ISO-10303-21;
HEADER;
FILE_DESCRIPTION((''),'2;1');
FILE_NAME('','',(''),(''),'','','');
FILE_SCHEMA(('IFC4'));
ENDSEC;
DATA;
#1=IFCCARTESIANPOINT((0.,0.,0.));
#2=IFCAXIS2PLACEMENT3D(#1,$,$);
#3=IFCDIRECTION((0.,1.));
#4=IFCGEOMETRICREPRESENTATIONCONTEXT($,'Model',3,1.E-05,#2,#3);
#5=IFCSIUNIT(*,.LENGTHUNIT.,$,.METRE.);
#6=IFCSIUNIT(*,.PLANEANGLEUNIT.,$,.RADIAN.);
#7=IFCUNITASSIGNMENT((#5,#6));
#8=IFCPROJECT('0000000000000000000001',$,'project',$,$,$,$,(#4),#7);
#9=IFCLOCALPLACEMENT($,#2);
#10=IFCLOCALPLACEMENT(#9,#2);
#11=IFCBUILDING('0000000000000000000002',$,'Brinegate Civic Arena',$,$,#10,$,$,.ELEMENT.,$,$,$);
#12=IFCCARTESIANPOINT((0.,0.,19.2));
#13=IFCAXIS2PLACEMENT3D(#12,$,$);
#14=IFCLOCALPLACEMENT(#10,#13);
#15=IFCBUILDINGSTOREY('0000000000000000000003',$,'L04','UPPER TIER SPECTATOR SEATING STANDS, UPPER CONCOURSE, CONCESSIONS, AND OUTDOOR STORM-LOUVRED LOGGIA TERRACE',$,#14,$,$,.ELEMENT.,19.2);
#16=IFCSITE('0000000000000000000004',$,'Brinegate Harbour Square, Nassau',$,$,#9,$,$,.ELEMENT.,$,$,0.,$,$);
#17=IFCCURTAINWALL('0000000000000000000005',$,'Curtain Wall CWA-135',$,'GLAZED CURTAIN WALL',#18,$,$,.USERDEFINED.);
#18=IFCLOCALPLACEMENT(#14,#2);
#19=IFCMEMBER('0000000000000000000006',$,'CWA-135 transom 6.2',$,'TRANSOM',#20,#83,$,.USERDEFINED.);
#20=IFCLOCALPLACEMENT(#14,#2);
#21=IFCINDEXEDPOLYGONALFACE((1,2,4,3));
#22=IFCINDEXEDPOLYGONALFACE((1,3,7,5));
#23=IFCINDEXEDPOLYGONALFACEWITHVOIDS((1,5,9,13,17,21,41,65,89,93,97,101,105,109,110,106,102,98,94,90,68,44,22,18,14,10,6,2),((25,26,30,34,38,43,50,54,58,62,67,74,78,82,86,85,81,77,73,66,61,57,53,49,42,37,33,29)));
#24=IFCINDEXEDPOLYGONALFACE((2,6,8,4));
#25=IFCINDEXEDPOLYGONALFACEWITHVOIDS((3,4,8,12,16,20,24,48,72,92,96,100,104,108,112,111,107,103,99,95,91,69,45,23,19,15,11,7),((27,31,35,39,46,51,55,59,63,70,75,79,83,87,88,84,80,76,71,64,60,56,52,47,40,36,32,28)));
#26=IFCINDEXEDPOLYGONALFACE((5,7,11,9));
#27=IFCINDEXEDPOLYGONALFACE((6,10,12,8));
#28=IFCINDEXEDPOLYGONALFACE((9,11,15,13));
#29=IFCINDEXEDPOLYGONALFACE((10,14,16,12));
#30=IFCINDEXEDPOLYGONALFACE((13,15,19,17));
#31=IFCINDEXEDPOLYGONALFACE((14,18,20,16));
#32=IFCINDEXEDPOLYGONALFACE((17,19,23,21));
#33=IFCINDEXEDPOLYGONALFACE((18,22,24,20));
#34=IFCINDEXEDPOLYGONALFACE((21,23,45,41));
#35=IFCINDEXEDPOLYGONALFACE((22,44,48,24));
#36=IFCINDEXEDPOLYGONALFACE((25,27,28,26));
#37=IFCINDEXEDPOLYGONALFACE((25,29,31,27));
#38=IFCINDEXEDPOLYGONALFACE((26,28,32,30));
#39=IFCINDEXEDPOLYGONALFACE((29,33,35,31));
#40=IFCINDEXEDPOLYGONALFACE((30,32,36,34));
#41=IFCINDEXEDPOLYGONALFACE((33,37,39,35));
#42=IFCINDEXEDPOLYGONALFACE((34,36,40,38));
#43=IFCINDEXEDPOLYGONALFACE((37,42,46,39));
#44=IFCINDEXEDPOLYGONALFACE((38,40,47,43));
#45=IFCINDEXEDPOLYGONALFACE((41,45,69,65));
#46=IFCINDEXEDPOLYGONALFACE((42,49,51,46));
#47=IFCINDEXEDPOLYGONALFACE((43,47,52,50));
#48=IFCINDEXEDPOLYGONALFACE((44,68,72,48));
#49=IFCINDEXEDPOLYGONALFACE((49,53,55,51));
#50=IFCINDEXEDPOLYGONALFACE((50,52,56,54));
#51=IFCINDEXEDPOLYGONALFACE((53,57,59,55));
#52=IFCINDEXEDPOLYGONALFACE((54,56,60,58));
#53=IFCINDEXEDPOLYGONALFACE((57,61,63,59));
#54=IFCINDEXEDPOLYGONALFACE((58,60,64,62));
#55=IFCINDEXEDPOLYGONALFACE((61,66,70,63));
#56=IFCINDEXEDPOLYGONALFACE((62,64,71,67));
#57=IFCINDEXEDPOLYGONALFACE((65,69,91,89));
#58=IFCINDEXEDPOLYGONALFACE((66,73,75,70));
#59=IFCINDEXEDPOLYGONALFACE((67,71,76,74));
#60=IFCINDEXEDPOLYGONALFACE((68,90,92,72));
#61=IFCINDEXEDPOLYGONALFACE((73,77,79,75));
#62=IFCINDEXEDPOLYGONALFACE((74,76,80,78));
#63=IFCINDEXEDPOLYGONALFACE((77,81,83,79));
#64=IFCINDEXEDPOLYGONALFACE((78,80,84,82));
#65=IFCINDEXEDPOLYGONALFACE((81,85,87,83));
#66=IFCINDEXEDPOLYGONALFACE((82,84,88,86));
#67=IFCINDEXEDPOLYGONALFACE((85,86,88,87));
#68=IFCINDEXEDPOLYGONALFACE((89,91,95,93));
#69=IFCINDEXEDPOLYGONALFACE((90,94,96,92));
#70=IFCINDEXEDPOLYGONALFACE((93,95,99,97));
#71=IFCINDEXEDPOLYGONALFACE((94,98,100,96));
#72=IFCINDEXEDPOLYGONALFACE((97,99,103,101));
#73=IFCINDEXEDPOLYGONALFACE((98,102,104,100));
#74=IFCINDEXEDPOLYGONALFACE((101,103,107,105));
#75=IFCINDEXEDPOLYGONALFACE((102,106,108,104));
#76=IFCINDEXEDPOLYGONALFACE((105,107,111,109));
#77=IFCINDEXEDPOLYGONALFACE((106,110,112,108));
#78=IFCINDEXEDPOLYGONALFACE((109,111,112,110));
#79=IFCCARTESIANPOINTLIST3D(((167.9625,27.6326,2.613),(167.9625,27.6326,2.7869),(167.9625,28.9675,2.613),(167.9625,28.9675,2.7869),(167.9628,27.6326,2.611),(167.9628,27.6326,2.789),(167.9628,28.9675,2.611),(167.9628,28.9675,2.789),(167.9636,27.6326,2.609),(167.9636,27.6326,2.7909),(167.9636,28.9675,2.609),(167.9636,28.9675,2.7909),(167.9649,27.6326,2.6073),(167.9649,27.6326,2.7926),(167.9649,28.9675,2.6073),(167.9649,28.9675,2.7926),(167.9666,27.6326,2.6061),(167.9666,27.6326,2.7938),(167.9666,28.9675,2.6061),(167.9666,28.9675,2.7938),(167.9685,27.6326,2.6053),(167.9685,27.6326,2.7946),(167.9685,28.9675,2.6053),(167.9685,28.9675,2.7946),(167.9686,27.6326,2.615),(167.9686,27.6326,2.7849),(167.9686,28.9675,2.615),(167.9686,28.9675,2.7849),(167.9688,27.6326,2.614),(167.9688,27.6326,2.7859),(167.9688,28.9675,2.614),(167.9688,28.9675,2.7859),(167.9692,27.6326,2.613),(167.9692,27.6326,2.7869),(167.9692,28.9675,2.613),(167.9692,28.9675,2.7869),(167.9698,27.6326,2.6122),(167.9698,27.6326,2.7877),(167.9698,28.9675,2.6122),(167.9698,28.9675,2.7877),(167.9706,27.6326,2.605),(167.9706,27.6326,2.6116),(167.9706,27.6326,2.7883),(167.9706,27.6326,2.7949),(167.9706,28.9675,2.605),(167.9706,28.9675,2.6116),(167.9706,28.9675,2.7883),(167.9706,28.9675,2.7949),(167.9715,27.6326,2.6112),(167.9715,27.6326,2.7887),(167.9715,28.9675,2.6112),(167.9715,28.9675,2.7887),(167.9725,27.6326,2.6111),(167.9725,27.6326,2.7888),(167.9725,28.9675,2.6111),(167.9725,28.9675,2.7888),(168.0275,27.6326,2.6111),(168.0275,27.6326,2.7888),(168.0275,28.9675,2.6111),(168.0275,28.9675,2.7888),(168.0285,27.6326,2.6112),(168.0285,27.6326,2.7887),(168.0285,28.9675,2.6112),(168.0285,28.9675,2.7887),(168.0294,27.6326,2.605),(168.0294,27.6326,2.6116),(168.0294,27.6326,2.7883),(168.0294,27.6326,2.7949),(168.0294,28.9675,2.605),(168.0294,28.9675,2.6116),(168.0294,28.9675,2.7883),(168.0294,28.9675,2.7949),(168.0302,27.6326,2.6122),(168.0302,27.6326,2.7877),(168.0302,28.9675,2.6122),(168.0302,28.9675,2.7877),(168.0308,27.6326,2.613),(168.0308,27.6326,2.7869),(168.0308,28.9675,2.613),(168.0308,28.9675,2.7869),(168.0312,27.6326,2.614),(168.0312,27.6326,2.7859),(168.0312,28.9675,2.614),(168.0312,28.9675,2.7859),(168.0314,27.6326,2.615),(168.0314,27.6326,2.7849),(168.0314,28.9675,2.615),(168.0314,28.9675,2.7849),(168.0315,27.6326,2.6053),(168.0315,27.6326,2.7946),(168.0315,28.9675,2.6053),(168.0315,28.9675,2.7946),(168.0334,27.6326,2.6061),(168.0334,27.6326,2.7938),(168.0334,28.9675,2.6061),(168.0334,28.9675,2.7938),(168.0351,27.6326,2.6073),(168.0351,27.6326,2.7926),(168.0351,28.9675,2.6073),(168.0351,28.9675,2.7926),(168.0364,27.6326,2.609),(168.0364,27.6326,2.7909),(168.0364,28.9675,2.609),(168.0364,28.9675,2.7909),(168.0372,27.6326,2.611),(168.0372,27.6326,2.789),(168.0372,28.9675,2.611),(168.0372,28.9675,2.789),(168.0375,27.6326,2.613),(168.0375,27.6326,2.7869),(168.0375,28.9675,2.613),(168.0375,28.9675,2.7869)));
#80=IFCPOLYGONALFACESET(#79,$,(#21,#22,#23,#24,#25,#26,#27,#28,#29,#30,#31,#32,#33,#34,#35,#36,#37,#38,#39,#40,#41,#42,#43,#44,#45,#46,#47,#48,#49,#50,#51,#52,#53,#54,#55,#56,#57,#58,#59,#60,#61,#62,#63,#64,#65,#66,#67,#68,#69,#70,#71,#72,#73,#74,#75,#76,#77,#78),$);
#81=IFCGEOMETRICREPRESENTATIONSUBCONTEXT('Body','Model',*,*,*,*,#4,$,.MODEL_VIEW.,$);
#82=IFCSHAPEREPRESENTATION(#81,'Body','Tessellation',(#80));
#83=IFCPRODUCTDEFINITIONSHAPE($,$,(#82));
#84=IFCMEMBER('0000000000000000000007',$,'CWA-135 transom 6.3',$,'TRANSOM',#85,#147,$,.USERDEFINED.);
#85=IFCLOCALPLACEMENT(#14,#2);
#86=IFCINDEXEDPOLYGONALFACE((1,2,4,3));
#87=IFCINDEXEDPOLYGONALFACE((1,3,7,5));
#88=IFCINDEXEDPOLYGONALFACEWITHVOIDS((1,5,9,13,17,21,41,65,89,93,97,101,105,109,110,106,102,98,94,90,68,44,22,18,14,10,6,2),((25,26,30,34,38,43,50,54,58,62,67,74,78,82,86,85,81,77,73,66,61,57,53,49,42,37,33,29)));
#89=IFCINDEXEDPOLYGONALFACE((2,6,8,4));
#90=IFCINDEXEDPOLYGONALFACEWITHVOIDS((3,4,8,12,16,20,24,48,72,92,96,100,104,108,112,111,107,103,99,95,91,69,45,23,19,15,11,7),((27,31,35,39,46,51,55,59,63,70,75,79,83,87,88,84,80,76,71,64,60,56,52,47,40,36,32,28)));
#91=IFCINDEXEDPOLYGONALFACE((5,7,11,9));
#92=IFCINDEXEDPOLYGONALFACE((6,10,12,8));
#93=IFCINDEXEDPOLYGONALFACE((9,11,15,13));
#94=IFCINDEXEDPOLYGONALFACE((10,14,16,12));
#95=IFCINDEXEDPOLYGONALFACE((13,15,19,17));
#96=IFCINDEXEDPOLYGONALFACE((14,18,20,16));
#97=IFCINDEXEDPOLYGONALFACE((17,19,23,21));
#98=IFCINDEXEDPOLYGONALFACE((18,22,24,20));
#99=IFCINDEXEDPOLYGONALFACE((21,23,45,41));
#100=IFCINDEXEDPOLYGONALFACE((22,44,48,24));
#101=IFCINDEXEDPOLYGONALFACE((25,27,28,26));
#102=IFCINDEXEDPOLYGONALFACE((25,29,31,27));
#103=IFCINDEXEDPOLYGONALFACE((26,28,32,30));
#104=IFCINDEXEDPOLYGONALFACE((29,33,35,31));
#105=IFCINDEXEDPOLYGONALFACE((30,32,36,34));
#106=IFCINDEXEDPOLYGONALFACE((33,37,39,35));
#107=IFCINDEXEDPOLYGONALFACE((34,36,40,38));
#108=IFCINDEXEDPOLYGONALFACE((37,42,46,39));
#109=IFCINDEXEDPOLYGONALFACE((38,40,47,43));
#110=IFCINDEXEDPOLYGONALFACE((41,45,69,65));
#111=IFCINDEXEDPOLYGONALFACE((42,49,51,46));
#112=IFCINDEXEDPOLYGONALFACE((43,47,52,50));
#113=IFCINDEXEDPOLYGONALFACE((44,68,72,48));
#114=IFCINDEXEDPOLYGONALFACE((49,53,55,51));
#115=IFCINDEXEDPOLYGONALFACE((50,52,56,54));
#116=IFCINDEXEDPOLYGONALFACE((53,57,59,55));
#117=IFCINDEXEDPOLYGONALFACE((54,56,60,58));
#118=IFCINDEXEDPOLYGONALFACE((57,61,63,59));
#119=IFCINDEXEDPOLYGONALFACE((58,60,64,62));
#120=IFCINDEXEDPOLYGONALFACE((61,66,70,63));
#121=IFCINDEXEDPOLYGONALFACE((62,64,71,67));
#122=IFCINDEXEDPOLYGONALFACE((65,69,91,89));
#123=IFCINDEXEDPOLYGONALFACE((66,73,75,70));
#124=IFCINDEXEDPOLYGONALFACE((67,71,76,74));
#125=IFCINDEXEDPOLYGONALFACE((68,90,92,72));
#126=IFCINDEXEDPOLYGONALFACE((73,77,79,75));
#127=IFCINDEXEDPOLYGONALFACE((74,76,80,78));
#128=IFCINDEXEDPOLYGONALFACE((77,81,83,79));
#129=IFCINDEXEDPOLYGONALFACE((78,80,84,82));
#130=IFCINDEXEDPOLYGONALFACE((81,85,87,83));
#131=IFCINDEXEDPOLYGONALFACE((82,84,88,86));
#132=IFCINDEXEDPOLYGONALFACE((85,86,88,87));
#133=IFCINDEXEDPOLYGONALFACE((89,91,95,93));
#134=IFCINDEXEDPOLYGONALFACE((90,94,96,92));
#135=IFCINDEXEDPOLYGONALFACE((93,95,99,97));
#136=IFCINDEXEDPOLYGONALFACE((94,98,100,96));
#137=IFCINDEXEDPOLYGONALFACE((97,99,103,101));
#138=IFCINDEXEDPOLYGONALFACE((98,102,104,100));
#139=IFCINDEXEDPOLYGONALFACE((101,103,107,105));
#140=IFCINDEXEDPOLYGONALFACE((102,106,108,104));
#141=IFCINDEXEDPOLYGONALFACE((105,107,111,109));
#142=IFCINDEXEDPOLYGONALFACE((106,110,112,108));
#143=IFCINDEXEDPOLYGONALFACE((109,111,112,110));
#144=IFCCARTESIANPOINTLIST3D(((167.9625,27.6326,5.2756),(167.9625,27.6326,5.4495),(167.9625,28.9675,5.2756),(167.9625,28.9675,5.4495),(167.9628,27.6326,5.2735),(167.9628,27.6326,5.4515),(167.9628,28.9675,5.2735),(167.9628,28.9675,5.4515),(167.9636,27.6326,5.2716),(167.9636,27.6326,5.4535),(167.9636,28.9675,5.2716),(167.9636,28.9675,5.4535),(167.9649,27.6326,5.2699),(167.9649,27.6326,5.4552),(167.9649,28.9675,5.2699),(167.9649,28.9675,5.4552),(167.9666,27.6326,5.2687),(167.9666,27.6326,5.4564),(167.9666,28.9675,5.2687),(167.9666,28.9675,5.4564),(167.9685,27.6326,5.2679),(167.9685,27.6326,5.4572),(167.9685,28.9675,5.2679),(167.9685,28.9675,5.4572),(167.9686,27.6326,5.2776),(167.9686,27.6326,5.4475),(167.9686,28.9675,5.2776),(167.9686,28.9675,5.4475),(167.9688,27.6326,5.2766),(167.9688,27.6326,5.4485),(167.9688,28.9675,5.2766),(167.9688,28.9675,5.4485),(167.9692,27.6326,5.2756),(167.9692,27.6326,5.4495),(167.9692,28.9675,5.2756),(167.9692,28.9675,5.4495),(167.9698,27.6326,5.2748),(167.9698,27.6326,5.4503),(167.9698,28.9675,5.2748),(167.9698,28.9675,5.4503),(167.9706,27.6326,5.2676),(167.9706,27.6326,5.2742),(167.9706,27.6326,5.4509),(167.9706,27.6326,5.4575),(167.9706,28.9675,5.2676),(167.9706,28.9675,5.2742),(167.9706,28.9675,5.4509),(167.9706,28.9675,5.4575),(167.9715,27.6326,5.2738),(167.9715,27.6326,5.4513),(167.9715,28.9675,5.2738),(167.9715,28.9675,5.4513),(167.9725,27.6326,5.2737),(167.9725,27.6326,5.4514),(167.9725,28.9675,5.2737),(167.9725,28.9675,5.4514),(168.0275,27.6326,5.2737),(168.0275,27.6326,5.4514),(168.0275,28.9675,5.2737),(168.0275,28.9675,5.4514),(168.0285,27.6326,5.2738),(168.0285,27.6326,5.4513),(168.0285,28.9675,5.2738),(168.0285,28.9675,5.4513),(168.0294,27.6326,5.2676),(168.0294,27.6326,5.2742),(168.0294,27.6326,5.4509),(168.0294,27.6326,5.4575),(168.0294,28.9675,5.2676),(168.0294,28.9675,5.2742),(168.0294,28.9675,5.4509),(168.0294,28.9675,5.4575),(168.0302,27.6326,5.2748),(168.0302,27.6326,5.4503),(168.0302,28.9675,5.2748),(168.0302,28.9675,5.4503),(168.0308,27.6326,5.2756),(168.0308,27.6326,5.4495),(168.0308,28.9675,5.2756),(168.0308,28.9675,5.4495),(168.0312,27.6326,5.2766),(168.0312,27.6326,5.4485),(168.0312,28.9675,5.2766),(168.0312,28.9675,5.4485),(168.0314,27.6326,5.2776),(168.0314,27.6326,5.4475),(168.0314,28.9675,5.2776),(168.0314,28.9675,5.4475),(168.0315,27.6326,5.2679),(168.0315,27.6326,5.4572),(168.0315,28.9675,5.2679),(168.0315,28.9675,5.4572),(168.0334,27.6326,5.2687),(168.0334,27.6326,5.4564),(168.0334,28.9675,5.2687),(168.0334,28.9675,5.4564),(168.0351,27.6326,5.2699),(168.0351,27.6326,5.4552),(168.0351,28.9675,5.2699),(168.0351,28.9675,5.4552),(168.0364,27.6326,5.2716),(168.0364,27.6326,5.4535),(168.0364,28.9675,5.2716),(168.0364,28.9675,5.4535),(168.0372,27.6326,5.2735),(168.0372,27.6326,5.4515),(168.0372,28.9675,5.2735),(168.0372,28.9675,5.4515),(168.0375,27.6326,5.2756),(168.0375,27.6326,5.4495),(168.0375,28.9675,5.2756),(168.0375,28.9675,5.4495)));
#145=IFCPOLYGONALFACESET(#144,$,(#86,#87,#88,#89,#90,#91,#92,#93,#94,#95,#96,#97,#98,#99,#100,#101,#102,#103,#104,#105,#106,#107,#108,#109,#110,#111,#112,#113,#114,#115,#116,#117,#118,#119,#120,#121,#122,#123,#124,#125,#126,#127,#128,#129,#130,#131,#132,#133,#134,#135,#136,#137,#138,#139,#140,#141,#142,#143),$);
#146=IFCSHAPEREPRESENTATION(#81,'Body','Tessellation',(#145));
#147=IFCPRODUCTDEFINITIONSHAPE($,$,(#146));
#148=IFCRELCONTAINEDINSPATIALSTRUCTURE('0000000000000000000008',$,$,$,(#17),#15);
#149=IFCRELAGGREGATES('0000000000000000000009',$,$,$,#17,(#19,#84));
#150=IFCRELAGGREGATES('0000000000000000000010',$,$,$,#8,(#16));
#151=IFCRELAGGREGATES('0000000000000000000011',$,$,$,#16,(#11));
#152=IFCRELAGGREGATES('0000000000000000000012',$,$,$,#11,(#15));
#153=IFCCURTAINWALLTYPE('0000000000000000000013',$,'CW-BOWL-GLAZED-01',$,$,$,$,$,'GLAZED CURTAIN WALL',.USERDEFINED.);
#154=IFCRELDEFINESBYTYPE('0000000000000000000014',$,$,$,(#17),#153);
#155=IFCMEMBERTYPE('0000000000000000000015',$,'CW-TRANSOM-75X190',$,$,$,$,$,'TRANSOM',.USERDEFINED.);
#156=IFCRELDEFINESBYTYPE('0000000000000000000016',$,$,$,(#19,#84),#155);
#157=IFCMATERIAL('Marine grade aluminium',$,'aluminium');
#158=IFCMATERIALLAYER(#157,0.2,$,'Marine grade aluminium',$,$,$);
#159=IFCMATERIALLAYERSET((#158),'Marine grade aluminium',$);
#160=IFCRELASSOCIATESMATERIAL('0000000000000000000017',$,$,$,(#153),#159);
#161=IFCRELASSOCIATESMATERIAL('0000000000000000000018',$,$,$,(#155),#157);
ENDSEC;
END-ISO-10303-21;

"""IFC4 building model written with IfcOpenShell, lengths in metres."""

from ifc_helpers import new_model, si_unit, direction, frame, origin, origin_2d, place, context, subcontext, project, spatial, hollow_rectangle, extrude, material, layer, layer_set, material_profile, profile_set, type_object, element, aggregate, save


model = new_model("IFC4")

# Units and contexts
model_context = context("Model", 3, precision=1e-05, world=origin(), true_north=direction((0.0, 1.0)))
body_context = subcontext(model_context, "Body", "Model", "MODEL_VIEW")
ifc_project = project(units=[si_unit("LENGTHUNIT", "METRE"), si_unit("PLANEANGLEUNIT", "RADIAN")], contexts=[model_context])

# Site, building, storey
site_placement = place(None, origin())
site = spatial("IfcSite", under=ifc_project, at=site_placement, Name="Brinegate Harbour Square, Nassau", CompositionType="ELEMENT", RefElevation=0.0)
building_placement = place(site_placement, origin())
building = spatial("IfcBuilding", under=site, at=building_placement, Name="Brinegate Civic Arena", CompositionType="ELEMENT")
storey_placement = place(building_placement, frame((0.0, 0.0, 19.2)))
storey = spatial("IfcBuildingStorey", under=building, at=storey_placement, Name="L04", Description="UPPER TIER SPECTATOR SEATING STANDS, UPPER CONCOURSE, CONCESSIONS, AND OUTDOOR STORM-LOUVRED LOGGIA TERRACE", CompositionType="ELEMENT", Elevation=19.2)

# Curtain wall, members
ifc_material_1 = material(Name="Marine grade aluminium", Category="aluminium")
ifc_layer_1 = layer(ifc_material_1, 0.2, Name="Marine grade aluminium")
ifc_layer_set_1 = layer_set([ifc_layer_1], Name="Marine grade aluminium")
curtain_wall_type = type_object("IfcCurtainWallType", Name="CW-BOWL-GLAZED-01", ElementType="GLAZED CURTAIN WALL", PredefinedType="USERDEFINED", material=ifc_layer_set_1)
curtain_wall_placement = place(storey_placement, origin())
curtain_wall = element("IfcCurtainWall", 1, at=curtain_wall_placement, inside=storey, type_object=curtain_wall_type, Name="Curtain Wall CWA-135", ObjectType="GLAZED CURTAIN WALL", PredefinedType="USERDEFINED")
ifc_material_profile_1 = material_profile(ifc_material_1, hollow_rectangle(XDim=0.075, YDim=0.1899, WallThickness=0.0061, InnerFilletRadius=0.0039, OuterFilletRadius=0.0081, at=origin_2d()), Name="TRN75X190")
ifc_profile_set_1 = profile_set([ifc_material_profile_1], Name="Marine grade aluminium")
member_type_1 = type_object("IfcMemberType", Name="CW-TRANSOM-75X190", ElementType="TRANSOM", PredefinedType="USERDEFINED", material=ifc_profile_set_1)
member_1_placement = place(storey_placement, frame((168.0, 27.6326, 2.7), z_axis=(0.0, 1.0, 0.0), x_axis=(-1.0, 0.0, 0.0)))
member_1 = element("IfcMember", 2, at=member_1_placement, type_object=member_type_1, Name="CWA-135 transom 6.2", ObjectType="TRANSOM", PredefinedType="USERDEFINED", context=body_context, shape_type="SweptSolid", body=[
    extrude(hollow_rectangle(XDim=0.075, YDim=0.1899, WallThickness=0.0061, InnerFilletRadius=0.0039, OuterFilletRadius=0.0081, at=origin_2d()), origin(), (0.0, 0.0, 1.0), 1.335),
])
member_2_placement = place(storey_placement, frame((168.0, 27.6326, 5.3625), z_axis=(0.0, 1.0, 0.0), x_axis=(-1.0, 0.0, 0.0)))
member_2 = element("IfcMember", 3, at=member_2_placement, type_object=member_type_1, Name="CWA-135 transom 6.3", ObjectType="TRANSOM", PredefinedType="USERDEFINED", context=body_context, shape_type="SweptSolid", body=[
    extrude(hollow_rectangle(XDim=0.075, YDim=0.1899, WallThickness=0.0061, InnerFilletRadius=0.0039, OuterFilletRadius=0.0081, at=origin_2d()), origin(), (0.0, 0.0, 1.0), 1.335),
])

aggregate(curtain_wall, [member_1, member_2])

save(model, "model.ifc")
